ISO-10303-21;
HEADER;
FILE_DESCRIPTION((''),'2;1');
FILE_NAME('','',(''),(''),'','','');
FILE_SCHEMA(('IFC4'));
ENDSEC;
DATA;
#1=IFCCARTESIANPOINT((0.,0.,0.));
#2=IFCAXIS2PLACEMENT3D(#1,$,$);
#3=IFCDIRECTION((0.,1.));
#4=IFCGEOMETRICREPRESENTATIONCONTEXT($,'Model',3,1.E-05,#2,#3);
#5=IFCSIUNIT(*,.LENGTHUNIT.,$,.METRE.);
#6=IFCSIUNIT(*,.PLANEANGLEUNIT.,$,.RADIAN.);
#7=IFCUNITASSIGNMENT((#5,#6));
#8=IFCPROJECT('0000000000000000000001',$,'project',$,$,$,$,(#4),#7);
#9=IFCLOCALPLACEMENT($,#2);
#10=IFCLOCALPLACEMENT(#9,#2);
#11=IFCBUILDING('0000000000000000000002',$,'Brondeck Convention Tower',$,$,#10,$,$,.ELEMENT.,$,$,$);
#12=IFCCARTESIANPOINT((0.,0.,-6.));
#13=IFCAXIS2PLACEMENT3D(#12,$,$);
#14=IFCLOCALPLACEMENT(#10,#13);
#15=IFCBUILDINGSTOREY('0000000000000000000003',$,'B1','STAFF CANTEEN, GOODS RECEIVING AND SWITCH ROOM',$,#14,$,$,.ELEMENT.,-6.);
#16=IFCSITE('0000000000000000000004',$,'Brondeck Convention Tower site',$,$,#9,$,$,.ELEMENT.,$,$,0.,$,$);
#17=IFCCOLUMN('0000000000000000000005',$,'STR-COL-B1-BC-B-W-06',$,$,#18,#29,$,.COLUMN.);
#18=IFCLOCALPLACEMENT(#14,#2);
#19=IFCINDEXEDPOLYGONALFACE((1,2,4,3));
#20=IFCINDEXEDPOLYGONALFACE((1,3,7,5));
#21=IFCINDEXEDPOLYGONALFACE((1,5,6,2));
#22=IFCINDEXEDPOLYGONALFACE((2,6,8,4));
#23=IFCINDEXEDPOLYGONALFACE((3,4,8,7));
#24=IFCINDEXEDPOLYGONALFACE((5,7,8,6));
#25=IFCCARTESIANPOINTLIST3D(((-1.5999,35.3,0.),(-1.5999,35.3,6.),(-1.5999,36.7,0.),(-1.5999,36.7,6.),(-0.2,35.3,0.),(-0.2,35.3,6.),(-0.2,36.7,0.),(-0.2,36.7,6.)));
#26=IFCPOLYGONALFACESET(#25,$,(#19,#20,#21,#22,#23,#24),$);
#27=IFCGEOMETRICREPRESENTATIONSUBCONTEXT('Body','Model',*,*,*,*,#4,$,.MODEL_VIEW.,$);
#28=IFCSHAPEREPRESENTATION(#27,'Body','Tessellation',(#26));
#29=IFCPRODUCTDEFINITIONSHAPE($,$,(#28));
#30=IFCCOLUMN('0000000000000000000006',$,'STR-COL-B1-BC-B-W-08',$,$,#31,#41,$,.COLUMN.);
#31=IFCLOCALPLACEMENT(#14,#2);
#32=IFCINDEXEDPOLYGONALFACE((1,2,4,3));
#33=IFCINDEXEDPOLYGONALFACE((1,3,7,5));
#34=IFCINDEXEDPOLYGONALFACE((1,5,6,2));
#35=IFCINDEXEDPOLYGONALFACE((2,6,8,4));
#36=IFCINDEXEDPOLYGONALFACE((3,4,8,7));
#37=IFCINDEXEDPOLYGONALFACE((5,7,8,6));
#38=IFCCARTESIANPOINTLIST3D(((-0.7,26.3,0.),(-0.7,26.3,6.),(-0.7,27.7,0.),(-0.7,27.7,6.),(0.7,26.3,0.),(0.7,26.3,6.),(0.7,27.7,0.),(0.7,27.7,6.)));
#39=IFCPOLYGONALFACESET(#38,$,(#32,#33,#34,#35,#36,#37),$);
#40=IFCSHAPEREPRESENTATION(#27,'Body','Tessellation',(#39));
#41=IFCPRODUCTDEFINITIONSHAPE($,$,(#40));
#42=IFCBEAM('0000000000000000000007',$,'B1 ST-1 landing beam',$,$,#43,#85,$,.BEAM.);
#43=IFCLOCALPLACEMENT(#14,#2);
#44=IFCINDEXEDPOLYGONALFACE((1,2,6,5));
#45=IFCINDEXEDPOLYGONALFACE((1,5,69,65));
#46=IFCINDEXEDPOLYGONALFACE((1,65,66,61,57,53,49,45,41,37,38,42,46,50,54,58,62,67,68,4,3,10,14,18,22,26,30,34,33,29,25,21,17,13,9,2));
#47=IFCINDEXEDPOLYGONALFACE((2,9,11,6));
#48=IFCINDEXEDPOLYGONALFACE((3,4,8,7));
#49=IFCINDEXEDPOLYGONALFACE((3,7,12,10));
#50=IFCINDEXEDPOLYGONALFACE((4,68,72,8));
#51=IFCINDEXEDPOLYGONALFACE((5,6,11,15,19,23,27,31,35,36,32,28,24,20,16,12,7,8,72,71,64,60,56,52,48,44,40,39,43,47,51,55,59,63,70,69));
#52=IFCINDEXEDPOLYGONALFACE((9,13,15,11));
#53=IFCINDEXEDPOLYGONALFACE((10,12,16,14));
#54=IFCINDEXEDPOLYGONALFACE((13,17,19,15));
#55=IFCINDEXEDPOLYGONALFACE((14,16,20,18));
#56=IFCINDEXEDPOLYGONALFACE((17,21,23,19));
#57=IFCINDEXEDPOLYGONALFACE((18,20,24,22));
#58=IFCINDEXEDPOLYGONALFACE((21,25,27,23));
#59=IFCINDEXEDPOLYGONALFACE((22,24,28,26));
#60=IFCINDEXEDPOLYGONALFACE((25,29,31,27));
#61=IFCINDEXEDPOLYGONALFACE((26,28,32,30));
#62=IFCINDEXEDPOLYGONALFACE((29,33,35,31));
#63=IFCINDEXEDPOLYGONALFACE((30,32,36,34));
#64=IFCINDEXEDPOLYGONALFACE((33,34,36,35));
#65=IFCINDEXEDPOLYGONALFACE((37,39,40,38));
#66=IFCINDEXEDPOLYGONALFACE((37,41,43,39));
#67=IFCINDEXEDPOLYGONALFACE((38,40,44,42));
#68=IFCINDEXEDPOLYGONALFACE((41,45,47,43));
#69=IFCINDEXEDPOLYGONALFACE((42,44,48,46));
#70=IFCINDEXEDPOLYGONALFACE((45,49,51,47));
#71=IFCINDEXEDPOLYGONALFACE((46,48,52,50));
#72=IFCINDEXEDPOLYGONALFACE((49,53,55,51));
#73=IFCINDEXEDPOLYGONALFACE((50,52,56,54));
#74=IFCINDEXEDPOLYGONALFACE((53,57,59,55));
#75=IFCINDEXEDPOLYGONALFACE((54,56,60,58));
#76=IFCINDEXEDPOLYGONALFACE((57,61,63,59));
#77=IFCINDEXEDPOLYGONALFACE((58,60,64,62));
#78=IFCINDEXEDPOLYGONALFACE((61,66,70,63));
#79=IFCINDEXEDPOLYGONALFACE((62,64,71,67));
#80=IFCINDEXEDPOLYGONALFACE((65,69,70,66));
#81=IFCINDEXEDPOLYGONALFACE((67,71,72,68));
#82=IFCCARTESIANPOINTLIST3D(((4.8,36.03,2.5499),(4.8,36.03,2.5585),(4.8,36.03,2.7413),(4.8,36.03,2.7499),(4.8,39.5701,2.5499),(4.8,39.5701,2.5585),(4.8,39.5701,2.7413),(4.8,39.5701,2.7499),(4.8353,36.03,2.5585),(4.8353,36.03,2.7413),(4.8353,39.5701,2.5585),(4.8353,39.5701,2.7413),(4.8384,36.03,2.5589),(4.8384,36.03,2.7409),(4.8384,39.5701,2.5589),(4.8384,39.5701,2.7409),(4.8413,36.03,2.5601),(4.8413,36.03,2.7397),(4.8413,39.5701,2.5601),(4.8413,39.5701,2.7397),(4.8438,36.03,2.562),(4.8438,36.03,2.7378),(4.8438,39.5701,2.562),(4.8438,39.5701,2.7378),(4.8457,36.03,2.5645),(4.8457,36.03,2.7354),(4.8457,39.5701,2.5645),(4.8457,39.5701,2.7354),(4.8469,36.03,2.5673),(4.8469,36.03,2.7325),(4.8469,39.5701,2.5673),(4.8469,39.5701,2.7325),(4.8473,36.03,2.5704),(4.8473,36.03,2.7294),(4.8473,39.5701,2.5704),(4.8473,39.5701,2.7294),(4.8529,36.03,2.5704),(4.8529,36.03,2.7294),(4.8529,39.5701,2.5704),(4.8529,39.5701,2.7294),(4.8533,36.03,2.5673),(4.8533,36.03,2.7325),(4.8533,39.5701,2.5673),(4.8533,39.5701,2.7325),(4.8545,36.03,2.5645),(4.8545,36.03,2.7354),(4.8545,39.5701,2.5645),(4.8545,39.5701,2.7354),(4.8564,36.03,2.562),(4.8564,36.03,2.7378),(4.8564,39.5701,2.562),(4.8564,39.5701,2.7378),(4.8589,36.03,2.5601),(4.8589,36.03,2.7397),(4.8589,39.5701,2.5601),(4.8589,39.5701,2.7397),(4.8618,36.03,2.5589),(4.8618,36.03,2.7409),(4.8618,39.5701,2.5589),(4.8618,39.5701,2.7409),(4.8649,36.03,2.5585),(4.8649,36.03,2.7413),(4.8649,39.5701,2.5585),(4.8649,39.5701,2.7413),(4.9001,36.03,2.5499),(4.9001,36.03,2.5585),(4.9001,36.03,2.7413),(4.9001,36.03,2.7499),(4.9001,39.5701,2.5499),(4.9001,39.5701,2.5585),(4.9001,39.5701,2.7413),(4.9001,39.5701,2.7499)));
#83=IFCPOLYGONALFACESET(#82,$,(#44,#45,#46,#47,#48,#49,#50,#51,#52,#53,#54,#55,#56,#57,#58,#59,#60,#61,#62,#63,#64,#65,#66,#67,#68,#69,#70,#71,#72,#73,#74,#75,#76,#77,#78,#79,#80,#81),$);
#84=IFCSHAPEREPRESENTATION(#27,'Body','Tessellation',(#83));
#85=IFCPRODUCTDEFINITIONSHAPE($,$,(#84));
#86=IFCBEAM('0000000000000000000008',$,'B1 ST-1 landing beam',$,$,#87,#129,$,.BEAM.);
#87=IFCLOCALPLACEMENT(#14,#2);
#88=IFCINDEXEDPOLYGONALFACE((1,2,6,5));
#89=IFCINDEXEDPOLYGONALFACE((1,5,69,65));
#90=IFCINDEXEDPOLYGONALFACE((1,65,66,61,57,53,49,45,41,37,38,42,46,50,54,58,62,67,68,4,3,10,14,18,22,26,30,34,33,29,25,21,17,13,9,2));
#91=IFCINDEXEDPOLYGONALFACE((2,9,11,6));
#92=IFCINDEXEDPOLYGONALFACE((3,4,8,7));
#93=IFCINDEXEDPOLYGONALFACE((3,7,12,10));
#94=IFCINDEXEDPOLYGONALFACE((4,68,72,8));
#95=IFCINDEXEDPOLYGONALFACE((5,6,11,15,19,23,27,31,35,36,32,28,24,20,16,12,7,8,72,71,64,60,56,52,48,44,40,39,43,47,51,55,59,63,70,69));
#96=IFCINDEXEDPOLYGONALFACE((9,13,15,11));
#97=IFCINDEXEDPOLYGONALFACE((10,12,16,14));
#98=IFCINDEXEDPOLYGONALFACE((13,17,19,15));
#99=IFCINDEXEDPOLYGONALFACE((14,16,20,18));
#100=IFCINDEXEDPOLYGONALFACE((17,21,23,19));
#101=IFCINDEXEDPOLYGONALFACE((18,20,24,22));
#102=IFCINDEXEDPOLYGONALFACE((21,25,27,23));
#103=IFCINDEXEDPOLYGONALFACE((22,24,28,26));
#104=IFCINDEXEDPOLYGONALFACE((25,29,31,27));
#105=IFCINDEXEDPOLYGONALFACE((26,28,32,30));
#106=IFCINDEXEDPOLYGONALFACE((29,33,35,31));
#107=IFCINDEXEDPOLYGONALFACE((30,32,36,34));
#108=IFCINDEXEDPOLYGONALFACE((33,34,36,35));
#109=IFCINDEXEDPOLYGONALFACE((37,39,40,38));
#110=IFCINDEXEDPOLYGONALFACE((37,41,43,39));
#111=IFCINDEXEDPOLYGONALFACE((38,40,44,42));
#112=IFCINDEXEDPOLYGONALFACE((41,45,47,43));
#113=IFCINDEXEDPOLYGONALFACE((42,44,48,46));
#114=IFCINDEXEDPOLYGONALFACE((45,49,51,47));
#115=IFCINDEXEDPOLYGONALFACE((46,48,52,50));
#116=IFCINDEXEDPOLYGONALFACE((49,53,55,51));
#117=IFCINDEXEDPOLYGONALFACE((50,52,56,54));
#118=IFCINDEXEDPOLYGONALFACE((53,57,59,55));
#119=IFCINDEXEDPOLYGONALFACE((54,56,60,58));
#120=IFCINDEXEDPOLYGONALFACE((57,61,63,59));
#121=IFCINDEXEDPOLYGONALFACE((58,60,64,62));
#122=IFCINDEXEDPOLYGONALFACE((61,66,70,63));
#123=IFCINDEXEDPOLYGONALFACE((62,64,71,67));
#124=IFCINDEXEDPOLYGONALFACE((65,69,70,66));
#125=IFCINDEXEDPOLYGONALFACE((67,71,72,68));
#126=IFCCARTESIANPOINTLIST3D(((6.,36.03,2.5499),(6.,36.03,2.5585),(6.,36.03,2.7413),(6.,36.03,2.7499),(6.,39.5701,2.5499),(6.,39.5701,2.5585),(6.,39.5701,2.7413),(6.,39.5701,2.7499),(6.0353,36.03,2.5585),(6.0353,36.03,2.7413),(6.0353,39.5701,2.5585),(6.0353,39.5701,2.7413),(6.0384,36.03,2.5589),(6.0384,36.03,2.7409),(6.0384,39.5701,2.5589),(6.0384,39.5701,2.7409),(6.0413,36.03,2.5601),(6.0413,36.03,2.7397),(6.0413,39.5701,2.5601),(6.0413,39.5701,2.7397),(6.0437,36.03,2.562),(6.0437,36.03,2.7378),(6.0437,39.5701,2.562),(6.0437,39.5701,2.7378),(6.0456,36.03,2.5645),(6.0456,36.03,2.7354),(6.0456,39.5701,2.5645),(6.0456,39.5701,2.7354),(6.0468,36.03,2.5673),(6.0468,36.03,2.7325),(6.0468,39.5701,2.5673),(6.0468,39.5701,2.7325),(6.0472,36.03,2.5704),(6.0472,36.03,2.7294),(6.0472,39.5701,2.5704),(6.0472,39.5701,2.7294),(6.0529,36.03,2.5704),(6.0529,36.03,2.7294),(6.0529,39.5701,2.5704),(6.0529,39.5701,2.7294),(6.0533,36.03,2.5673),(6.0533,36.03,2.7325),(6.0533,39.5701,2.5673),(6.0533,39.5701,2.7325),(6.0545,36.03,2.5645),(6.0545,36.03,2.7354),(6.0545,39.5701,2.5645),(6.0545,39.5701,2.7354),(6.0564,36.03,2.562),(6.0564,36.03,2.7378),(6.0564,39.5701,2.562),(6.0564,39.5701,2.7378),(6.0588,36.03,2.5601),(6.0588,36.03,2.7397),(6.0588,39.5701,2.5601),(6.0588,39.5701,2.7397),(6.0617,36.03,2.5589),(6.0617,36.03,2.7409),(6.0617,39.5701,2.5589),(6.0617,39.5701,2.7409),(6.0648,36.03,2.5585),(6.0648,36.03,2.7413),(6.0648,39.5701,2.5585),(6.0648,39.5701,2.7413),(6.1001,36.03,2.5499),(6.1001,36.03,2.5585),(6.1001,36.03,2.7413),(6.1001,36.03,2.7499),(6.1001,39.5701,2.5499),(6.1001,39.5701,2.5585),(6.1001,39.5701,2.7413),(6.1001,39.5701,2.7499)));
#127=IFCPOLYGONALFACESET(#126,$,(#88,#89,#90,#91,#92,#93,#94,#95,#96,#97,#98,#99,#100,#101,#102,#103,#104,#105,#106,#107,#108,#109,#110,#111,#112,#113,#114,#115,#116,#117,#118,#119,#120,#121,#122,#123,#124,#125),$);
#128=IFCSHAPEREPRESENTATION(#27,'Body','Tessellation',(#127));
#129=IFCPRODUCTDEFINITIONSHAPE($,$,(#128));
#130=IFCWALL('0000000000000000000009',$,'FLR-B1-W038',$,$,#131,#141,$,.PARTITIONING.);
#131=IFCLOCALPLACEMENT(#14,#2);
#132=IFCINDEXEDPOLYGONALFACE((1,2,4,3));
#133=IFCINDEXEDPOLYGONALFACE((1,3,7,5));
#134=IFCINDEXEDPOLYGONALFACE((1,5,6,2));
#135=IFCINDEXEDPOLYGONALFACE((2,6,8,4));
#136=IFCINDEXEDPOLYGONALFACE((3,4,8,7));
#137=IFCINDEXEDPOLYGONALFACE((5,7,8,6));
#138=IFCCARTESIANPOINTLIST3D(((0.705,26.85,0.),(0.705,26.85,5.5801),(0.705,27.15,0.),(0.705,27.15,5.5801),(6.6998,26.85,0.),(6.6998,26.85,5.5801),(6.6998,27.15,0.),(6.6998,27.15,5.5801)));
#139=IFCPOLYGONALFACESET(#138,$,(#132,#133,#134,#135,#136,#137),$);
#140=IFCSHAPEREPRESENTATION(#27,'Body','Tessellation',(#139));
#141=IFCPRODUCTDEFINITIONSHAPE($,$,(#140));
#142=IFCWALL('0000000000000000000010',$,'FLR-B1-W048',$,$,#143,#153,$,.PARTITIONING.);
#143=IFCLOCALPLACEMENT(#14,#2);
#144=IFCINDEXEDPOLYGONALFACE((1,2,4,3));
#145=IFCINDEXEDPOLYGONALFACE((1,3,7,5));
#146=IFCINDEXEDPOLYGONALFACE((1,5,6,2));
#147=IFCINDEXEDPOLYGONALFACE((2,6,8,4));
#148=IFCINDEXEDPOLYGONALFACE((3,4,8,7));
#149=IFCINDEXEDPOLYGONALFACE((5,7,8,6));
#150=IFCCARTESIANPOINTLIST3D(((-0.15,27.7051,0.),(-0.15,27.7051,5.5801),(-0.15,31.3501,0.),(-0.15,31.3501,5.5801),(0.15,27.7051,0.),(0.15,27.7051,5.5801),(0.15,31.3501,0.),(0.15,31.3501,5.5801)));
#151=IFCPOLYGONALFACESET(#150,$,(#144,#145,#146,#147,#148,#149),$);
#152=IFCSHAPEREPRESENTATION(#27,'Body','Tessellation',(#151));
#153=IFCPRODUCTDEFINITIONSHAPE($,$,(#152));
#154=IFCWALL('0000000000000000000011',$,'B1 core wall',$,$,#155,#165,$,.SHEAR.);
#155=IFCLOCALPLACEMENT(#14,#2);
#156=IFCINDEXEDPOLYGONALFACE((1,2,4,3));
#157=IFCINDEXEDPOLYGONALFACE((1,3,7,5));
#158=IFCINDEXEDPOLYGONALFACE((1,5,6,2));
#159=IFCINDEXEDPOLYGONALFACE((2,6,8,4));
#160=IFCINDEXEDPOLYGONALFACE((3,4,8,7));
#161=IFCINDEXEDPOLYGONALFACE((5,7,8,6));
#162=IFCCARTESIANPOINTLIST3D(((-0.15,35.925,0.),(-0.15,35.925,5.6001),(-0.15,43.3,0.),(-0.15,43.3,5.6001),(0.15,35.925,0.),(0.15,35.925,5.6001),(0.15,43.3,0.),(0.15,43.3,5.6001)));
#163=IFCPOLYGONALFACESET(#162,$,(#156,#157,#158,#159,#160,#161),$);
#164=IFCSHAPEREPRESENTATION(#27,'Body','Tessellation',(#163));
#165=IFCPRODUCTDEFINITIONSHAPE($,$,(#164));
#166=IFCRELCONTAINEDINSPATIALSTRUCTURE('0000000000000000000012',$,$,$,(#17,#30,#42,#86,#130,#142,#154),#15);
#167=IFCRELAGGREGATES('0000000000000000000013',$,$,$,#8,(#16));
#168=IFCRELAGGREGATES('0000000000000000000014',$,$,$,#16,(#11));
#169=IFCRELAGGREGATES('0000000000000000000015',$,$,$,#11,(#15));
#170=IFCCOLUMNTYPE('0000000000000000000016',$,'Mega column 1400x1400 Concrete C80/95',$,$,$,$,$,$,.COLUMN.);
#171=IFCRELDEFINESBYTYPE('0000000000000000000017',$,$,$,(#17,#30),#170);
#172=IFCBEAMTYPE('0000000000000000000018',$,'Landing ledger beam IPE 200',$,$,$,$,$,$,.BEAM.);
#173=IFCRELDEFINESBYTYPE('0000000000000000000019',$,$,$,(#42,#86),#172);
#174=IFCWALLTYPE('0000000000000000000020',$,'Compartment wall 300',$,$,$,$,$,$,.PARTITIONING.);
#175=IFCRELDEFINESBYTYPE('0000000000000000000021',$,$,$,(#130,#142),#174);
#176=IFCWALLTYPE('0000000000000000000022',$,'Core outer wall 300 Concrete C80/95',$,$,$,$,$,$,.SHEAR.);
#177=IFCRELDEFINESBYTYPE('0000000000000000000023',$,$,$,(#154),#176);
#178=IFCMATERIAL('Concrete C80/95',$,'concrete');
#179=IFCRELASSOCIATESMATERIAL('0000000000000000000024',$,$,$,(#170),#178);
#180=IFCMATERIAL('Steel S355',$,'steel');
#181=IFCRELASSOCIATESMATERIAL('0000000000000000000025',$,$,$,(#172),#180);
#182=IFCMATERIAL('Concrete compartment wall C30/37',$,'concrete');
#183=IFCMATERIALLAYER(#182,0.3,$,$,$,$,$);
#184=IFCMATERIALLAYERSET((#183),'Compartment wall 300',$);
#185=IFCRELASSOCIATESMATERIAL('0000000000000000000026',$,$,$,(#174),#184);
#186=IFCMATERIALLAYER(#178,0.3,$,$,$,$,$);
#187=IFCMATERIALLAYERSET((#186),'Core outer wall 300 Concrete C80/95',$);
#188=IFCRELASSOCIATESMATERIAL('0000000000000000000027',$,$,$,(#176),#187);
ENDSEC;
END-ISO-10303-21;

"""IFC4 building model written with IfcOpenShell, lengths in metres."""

from ifc_helpers import new_model, si_unit, direction, frame, frame_2d, origin, origin_2d, place, context, subcontext, project, spatial, rectangle, i_section, extrude, material, layer, layer_set, material_profile, profile_set, type_object, element, save


model = new_model("IFC4")

# Units and contexts
model_context = context("Model", 3, precision=1e-05, world=origin(), true_north=direction((0.0, 1.0)))
body_context = subcontext(model_context, "Body", "Model", "MODEL_VIEW")
ifc_project = project(units=[si_unit("LENGTHUNIT", "METRE"), si_unit("PLANEANGLEUNIT", "RADIAN")], contexts=[model_context])

# Site, building, storey
site_placement = place(None, origin())
site = spatial("IfcSite", under=ifc_project, at=site_placement, Name="Brondeck Convention Tower site", CompositionType="ELEMENT", RefElevation=0.0)
building_placement = place(site_placement, origin())
building = spatial("IfcBuilding", under=site, at=building_placement, Name="Brondeck Convention Tower", CompositionType="ELEMENT")
storey_placement = place(building_placement, frame((0.0, 0.0, -6.0)))
storey = spatial("IfcBuildingStorey", under=building, at=storey_placement, Name="B1", Description="STAFF CANTEEN, GOODS RECEIVING AND SWITCH ROOM", CompositionType="ELEMENT", Elevation=-6.0)

# Columns
ifc_material_1 = material(Name="Concrete C80/95", Category="concrete")
ifc_material_profile_1 = material_profile(ifc_material_1, rectangle(XDim=1.3999, YDim=1.3999, at=origin_2d()), Name="Mega column 1400x1400 Concrete C80/95")
ifc_profile_set_1 = profile_set([ifc_material_profile_1], Name="Concrete C80/95")
column_type = type_object("IfcColumnType", Name="Mega column 1400x1400 Concrete C80/95", PredefinedType="COLUMN", material=ifc_profile_set_1)
for number, where, z_axis, x_axis, name in (
    (1, (-0.8999, 36.0, 0.0), (0.0, 0.0, 1.0), (1.0, 0.0, 0.0), "STR-COL-B1-BC-B-W-06"),
    (2, (0.0, 27.0, 0.0), (0.0, 0.0, 1.0), (1.0, 0.0, 0.0), "STR-COL-B1-BC-B-W-08"),
):
    element("IfcColumn", number, at=place(storey_placement, frame(where, z_axis=z_axis, x_axis=x_axis)), inside=storey, type_object=column_type, Name=name, PredefinedType="COLUMN", context=body_context, shape_type="SweptSolid", body=[
        extrude(rectangle(XDim=1.3999, YDim=1.3999, at=origin_2d()), origin(), (0.0, 0.0, 1.0), 6.0),
    ])

# Beams
ifc_material_2 = material(Name="Steel S355", Category="steel")
ifc_material_profile_2 = material_profile(ifc_material_2, i_section(OverallWidth=0.1001, OverallDepth=0.2, WebThickness=0.0056, FlangeThickness=0.0085, FilletRadius=0.012, at=origin_2d()), Name="IPE200")
ifc_profile_set_2 = profile_set([ifc_material_profile_2], Name="Steel S355")
beam_type = type_object("IfcBeamType", Name="Landing ledger beam IPE 200", PredefinedType="BEAM", material=ifc_profile_set_2)
for number, where, z_axis, x_axis, name in (
    (3, (4.8501, 36.03, 2.6499), (0.0, 1.0, 0.0), (-1.0, 0.0, 0.0), "B1 ST-1 landing beam"),
    (4, (6.05, 36.03, 2.6499), (0.0, 1.0, 0.0), (-1.0, 0.0, 0.0), "B1 ST-1 landing beam"),
):
    element("IfcBeam", number, at=place(storey_placement, frame(where, z_axis=z_axis, x_axis=x_axis)), inside=storey, type_object=beam_type, Name=name, PredefinedType="BEAM", context=body_context, shape_type="SweptSolid", body=[
        extrude(i_section(OverallWidth=0.1001, OverallDepth=0.2, WebThickness=0.0056, FlangeThickness=0.0085, FilletRadius=0.012, at=origin_2d()), origin(), (0.0, 0.0, 1.0), 3.54),
    ])

# Walls
ifc_material_3 = material(Name="Concrete compartment wall C30/37", Category="concrete")
ifc_layer_1 = layer(ifc_material_3, 0.3)
ifc_layer_set_1 = layer_set([ifc_layer_1], Name="Compartment wall 300")
wall_type_1 = type_object("IfcWallType", Name="Compartment wall 300", PredefinedType="PARTITIONING", material=ifc_layer_set_1)
wall_1_placement = place(storey_placement, frame((6.7, 27.0, 0.0), z_axis=(0.0, 0.0, 1.0), x_axis=(-1.0, 0.0, 0.0)))
element("IfcWall", 5, at=wall_1_placement, inside=storey, type_object=wall_type_1, Name="FLR-B1-W038", PredefinedType="PARTITIONING", context=body_context, shape_type="SweptSolid", body=[
    extrude(rectangle(XDim=5.9949, YDim=0.3, at=frame_2d((2.9976, 0.0))), origin(), (0.0, 0.0, 1.0), 5.5801),
])
wall_2_placement = place(storey_placement, frame((0.0, 27.7051, 0.0), z_axis=(0.0, 0.0, 1.0), x_axis=(0.0, 1.0, 0.0)))
element("IfcWall", 6, at=wall_2_placement, inside=storey, type_object=wall_type_1, Name="FLR-B1-W048", PredefinedType="PARTITIONING", context=body_context, shape_type="SweptSolid", body=[
    extrude(rectangle(XDim=3.645, YDim=0.3, at=frame_2d((1.8225, 0.0))), origin(), (0.0, 0.0, 1.0), 5.5801),
])
ifc_layer_2 = layer(ifc_material_1, 0.3)
ifc_layer_set_2 = layer_set([ifc_layer_2], Name="Core outer wall 300 Concrete C80/95")
wall_type_2 = type_object("IfcWallType", Name="Core outer wall 300 Concrete C80/95", PredefinedType="SHEAR", material=ifc_layer_set_2)
wall_3_placement = place(storey_placement, frame((0.0, 35.925, 0.0), z_axis=(0.0, 0.0, 1.0), x_axis=(0.0, 1.0, 0.0)))
element("IfcWall", 7, at=wall_3_placement, inside=storey, type_object=wall_type_2, Name="B1 core wall", PredefinedType="SHEAR", context=body_context, shape_type="SweptSolid", body=[
    extrude(rectangle(XDim=7.375, YDim=0.3, at=frame_2d((3.6875, 0.0))), origin(), (0.0, 0.0, 1.0), 5.6001),
])

save(model, "model.ifc")
